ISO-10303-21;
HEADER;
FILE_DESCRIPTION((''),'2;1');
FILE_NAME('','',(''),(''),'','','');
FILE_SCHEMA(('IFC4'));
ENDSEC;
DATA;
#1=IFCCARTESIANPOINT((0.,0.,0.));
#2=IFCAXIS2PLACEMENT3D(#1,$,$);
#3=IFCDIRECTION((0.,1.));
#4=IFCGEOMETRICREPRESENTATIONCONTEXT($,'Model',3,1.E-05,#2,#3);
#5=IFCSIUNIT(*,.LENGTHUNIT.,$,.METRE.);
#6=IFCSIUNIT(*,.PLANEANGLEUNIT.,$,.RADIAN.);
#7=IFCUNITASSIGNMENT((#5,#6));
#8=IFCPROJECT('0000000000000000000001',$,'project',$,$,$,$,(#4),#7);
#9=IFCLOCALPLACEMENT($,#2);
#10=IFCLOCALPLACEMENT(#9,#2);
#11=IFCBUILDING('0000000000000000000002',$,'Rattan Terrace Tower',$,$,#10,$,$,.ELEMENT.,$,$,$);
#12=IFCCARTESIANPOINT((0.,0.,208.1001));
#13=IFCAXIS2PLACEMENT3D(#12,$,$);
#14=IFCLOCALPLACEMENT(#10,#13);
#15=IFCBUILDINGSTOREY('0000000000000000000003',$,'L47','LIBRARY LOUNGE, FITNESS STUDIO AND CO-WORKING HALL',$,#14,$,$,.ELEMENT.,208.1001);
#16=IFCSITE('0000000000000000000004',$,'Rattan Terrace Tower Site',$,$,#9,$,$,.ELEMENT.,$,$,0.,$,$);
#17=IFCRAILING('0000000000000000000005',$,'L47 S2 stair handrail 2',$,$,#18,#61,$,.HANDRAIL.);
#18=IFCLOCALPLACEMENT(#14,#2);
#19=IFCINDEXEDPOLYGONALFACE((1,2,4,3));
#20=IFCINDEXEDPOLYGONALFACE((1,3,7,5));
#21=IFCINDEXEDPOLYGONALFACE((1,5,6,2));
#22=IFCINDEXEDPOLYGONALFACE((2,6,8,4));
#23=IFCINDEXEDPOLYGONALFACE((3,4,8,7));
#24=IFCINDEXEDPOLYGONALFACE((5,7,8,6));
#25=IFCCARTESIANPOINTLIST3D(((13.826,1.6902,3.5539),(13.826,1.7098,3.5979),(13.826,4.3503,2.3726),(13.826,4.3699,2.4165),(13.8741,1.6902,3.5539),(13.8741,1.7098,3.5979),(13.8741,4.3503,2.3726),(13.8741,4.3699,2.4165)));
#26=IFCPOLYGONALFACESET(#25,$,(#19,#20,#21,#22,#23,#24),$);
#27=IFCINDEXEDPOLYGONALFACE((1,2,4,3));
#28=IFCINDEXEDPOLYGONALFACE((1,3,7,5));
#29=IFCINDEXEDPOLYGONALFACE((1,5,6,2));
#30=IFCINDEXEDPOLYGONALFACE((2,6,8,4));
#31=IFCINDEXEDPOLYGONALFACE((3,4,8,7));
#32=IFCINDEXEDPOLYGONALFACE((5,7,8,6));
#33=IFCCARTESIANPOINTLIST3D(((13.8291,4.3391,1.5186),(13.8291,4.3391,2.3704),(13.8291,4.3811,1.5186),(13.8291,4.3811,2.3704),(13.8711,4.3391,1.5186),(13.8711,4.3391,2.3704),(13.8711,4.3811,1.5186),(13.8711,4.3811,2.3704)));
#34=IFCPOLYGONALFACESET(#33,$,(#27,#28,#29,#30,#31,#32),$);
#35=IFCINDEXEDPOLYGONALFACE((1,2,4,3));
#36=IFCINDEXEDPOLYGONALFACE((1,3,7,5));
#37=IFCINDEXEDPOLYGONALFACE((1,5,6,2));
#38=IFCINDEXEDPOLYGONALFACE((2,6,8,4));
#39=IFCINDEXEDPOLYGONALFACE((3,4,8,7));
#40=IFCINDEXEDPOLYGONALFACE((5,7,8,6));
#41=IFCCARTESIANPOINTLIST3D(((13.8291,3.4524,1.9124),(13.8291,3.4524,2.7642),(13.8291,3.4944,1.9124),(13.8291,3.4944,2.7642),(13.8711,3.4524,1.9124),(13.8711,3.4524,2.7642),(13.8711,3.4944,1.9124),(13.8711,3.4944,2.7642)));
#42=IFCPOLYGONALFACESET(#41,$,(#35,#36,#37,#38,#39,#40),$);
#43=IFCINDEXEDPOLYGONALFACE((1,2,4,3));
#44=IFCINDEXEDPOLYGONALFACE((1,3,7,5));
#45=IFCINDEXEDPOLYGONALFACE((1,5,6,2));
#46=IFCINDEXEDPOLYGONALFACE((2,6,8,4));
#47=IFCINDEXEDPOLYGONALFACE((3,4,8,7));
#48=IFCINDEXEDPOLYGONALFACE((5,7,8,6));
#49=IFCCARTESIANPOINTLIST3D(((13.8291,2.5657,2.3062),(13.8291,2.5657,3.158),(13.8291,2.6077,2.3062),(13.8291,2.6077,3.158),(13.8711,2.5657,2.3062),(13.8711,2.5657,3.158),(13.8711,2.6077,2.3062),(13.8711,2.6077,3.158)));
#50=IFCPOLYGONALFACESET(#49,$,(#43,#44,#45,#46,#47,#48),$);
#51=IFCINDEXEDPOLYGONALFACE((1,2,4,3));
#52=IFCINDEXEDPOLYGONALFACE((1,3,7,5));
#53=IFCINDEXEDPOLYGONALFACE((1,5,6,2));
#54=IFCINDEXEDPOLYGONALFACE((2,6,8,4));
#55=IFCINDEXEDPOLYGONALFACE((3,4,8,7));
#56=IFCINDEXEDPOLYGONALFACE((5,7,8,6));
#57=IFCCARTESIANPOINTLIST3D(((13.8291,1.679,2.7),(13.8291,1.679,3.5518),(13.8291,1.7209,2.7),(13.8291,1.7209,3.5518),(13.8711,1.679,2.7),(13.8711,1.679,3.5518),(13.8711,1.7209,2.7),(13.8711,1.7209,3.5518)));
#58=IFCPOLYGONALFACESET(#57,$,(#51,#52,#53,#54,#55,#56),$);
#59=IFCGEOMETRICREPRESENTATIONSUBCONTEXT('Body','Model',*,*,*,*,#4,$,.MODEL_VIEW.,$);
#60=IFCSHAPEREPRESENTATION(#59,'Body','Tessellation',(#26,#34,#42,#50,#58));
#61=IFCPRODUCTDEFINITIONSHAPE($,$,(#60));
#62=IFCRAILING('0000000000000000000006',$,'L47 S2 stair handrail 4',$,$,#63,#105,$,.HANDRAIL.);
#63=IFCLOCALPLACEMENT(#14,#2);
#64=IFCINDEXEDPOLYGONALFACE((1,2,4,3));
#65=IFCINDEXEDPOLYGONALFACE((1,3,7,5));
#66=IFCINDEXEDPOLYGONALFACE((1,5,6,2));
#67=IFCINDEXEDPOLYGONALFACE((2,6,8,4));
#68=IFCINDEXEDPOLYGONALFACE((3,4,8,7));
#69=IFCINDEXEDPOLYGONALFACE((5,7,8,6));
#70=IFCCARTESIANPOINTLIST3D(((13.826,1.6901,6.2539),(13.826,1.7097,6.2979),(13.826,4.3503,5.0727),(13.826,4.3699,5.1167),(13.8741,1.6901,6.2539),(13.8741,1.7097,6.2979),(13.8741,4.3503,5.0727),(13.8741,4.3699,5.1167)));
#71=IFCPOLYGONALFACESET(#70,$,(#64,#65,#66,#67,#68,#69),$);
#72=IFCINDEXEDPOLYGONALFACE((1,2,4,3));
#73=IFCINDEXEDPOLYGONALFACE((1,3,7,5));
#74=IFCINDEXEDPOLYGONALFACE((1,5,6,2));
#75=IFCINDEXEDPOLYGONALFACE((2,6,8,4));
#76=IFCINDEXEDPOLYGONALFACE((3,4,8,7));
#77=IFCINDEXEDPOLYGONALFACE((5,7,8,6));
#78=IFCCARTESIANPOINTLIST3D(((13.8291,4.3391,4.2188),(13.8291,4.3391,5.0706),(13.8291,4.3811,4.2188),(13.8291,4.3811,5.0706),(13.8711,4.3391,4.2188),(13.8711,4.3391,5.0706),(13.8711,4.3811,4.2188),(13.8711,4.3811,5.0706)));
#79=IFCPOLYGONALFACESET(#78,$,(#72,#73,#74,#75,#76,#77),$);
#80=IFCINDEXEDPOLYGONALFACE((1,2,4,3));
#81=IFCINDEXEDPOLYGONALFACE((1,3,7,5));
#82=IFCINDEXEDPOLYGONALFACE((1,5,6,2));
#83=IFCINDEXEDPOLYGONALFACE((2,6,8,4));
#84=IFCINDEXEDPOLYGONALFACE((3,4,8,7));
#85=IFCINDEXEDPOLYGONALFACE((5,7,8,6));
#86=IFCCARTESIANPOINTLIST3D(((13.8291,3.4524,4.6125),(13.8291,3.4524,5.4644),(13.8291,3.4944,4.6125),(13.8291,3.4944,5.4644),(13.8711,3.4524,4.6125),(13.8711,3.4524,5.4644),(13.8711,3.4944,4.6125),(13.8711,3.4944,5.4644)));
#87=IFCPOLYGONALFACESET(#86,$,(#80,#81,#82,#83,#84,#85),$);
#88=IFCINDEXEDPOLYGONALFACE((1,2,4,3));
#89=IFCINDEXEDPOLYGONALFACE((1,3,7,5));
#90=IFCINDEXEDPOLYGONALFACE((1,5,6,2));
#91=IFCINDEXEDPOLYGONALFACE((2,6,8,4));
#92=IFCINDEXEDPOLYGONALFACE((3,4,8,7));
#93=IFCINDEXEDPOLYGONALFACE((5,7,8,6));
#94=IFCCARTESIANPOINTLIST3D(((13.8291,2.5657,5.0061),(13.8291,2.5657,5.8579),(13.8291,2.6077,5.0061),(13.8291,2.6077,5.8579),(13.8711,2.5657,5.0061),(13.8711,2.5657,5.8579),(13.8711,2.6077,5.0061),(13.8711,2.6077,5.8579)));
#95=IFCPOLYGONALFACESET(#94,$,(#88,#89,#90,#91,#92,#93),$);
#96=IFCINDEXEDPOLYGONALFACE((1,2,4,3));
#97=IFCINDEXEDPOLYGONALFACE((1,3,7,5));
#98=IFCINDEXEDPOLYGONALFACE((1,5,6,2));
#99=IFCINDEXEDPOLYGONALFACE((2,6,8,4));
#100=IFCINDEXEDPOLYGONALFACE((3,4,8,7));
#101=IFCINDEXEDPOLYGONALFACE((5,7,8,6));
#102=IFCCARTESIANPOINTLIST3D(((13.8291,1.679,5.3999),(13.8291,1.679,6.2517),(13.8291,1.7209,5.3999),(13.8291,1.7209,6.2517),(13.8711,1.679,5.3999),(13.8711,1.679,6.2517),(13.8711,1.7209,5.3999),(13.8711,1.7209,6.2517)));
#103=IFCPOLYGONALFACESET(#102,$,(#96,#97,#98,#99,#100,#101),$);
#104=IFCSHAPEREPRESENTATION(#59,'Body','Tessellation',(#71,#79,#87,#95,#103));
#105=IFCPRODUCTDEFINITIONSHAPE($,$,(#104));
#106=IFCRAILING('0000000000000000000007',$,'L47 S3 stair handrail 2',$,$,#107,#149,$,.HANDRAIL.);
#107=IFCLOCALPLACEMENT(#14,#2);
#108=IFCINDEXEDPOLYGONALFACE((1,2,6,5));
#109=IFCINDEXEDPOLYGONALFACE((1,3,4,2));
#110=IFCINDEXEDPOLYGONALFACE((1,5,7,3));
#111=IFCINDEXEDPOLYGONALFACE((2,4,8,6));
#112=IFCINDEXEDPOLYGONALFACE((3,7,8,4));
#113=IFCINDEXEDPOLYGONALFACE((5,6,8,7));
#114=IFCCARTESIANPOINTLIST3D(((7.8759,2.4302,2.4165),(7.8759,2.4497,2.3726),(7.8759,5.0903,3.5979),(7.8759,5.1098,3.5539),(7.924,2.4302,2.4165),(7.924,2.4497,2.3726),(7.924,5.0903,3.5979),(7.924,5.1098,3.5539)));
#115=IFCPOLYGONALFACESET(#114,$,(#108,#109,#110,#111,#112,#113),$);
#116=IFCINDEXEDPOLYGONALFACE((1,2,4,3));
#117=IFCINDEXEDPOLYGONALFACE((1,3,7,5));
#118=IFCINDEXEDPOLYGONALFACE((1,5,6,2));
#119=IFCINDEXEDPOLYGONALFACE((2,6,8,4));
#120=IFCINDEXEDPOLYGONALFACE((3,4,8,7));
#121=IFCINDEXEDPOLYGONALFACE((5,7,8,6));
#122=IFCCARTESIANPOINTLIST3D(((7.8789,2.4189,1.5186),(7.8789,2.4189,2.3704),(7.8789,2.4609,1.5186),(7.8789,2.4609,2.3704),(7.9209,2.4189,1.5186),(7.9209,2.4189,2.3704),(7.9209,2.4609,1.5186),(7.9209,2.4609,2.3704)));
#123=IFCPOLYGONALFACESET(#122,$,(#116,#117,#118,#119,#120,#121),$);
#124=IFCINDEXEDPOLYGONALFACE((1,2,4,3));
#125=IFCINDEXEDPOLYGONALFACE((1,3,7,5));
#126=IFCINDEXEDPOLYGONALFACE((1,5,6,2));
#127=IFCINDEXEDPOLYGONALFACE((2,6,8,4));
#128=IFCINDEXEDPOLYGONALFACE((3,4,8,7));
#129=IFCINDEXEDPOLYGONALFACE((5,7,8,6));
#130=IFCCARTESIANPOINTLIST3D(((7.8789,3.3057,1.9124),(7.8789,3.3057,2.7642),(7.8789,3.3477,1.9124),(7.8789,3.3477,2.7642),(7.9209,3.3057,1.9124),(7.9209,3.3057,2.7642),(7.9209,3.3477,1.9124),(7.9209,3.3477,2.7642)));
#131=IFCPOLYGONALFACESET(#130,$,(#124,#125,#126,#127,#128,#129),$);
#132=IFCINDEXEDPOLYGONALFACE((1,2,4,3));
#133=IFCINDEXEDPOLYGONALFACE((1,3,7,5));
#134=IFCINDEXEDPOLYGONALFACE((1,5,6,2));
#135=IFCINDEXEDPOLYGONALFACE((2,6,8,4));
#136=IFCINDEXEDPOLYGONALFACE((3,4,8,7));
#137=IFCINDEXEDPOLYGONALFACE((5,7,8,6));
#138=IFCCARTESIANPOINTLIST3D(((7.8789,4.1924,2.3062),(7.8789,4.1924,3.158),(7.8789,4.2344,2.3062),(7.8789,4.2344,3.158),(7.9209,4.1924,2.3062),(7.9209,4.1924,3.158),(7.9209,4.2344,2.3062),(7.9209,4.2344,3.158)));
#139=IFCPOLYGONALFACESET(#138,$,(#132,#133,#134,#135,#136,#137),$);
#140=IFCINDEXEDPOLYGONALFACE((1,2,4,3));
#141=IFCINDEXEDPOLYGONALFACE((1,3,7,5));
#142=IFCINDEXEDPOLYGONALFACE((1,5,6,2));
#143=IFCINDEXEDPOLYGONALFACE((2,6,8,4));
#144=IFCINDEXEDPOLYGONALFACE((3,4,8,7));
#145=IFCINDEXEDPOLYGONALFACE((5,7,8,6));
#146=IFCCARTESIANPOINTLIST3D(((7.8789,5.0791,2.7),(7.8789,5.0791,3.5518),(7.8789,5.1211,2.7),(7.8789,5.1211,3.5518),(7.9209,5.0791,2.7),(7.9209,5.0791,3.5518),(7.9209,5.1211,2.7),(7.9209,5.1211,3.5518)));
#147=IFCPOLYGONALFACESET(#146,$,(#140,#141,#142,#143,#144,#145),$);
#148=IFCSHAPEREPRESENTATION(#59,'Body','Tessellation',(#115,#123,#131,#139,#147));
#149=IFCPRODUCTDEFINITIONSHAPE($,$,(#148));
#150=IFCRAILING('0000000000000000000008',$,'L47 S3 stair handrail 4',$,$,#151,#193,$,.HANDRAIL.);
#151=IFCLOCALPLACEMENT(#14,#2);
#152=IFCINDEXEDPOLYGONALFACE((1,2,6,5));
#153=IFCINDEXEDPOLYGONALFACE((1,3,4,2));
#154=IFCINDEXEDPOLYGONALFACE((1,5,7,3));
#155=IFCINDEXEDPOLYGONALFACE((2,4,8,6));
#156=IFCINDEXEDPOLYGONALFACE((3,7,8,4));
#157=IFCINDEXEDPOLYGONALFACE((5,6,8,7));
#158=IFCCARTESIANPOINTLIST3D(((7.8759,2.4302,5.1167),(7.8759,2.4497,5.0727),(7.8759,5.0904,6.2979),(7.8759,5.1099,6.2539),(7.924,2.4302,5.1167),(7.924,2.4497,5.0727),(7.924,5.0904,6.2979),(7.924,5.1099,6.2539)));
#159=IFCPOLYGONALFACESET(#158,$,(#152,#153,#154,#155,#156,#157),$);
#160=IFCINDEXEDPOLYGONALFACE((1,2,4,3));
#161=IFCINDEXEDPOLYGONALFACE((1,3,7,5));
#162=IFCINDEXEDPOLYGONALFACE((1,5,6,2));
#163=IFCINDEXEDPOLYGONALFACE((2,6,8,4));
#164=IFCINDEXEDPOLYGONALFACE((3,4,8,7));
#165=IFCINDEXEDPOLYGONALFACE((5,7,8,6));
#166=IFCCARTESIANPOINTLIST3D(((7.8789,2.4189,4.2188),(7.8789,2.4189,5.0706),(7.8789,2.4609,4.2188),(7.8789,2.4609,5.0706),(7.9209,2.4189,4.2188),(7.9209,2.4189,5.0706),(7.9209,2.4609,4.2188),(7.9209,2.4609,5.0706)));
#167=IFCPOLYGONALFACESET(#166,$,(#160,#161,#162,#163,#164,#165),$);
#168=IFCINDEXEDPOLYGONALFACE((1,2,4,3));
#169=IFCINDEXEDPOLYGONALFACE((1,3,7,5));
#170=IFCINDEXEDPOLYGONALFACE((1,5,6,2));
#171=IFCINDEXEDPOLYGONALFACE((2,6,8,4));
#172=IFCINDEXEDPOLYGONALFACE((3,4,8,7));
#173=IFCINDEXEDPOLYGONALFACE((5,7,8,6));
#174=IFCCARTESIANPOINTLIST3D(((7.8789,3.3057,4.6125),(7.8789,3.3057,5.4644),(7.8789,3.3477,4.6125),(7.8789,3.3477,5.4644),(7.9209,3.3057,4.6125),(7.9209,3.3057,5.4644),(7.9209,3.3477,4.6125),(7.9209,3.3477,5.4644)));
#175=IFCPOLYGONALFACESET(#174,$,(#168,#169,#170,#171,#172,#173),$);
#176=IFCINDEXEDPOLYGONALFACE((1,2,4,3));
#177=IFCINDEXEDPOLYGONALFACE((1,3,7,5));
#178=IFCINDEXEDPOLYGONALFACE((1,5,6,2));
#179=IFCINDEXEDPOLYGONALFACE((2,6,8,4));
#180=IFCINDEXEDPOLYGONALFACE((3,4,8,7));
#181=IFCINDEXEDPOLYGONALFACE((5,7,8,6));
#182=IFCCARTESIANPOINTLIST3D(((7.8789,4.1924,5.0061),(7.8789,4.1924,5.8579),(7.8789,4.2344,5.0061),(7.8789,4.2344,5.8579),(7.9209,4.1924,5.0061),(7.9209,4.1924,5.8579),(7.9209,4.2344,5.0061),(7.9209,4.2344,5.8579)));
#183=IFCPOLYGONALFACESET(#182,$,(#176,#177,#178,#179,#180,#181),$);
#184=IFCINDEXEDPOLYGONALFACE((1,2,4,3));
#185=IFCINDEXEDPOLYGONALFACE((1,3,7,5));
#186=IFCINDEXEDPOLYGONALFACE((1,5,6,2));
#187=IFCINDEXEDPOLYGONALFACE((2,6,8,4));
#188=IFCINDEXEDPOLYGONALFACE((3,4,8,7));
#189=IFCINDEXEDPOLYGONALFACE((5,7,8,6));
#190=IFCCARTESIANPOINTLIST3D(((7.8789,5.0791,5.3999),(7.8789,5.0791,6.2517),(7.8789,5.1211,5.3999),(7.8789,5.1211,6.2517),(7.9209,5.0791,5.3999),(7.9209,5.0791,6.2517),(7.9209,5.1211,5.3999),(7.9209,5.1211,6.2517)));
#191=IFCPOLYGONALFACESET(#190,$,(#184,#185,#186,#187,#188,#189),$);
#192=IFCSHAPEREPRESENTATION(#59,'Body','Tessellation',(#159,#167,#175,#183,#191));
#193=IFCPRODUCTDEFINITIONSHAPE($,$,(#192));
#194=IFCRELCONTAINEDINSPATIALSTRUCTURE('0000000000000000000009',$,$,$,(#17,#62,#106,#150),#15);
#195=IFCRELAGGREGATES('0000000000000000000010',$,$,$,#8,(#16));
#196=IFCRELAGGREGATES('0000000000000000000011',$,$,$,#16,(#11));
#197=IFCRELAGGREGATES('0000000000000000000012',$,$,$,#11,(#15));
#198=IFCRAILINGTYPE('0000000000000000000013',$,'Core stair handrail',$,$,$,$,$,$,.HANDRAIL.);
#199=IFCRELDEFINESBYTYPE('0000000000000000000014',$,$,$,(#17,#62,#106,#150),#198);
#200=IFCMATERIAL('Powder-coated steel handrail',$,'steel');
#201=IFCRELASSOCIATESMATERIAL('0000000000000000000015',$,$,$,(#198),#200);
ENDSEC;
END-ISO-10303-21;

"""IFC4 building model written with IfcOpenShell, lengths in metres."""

from ifc_helpers import new_model, si_unit, direction, frame, origin, origin_2d, place, context, subcontext, project, spatial, rectangle, extrude, material, type_object, element, save


model = new_model("IFC4")

# Units and contexts
model_context = context("Model", 3, precision=1e-05, world=origin(), true_north=direction((0.0, 1.0)))
body_context = subcontext(model_context, "Body", "Model", "MODEL_VIEW")
ifc_project = project(units=[si_unit("LENGTHUNIT", "METRE"), si_unit("PLANEANGLEUNIT", "RADIAN")], contexts=[model_context])

# Site, building, storey
site_placement = place(None, origin())
site = spatial("IfcSite", under=ifc_project, at=site_placement, Name="Rattan Terrace Tower Site", CompositionType="ELEMENT", RefElevation=0.0)
building_placement = place(site_placement, origin())
building = spatial("IfcBuilding", under=site, at=building_placement, Name="Rattan Terrace Tower", CompositionType="ELEMENT")
storey_placement = place(building_placement, frame((0.0, 0.0, 208.1001)))
storey = spatial("IfcBuildingStorey", under=building, at=storey_placement, Name="L47", Description="LIBRARY LOUNGE, FITNESS STUDIO AND CO-WORKING HALL", CompositionType="ELEMENT", Elevation=208.1001)

# Railings
ifc_material_1 = material(Name="Powder-coated steel handrail", Category="steel")
railing_type_1 = type_object("IfcRailingType", Name="Core stair handrail", PredefinedType="HANDRAIL", material=ifc_material_1)
railing_1_placement = place(storey_placement, frame((13.8501, 4.3601, 1.5186)))
element("IfcRailing", 1, at=railing_1_placement, inside=storey, type_object=railing_type_1, Name="L47 S2 stair handrail 2", PredefinedType="HANDRAIL", context=body_context, shape_type="SweptSolid", body=[
    extrude(rectangle(XDim=0.0481, YDim=0.0481, at=origin_2d()), frame((0.0, 0.0, 0.876), z_axis=(0.0, -0.913926, 0.405882), x_axis=(1.0, 0.0, 0.0)), (0.0, 0.0, 1.0), 2.9106),
    extrude(rectangle(XDim=0.042, YDim=0.042, at=origin_2d()), origin(), (0.0, 0.0, 1.0), 0.8518),
    extrude(rectangle(XDim=0.042, YDim=0.042, at=origin_2d()), frame((0.0, -0.8867, 0.3938)), (0.0, 0.0, 1.0), 0.8518),
    extrude(rectangle(XDim=0.042, YDim=0.042, at=origin_2d()), frame((0.0, -1.7734, 0.7876)), (0.0, 0.0, 1.0), 0.8518),
    extrude(rectangle(XDim=0.042, YDim=0.042, at=origin_2d()), frame((0.0, -2.6602, 1.1814)), (0.0, 0.0, 1.0), 0.8518),
])
railing_2_placement = place(storey_placement, frame((13.8501, 4.3601, 4.2188)))
element("IfcRailing", 2, at=railing_2_placement, inside=storey, type_object=railing_type_1, Name="L47 S2 stair handrail 4", PredefinedType="HANDRAIL", context=body_context, shape_type="SweptSolid", body=[
    extrude(rectangle(XDim=0.0481, YDim=0.0481, at=origin_2d()), frame((0.0, 0.0, 0.876), z_axis=(0.0, -0.913957, 0.405812), x_axis=(1.0, 0.0, 0.0)), (0.0, 0.0, 1.0), 2.9106),
    extrude(rectangle(XDim=0.042, YDim=0.042, at=origin_2d()), origin(), (0.0, 0.0, 1.0), 0.8518),
    extrude(rectangle(XDim=0.042, YDim=0.042, at=origin_2d()), frame((0.0, -0.8867, 0.3938)), (0.0, 0.0, 1.0), 0.8518),
    extrude(rectangle(XDim=0.042, YDim=0.042, at=origin_2d()), frame((0.0, -1.7734, 0.7874)), (0.0, 0.0, 1.0), 0.8518),
    extrude(rectangle(XDim=0.042, YDim=0.042, at=origin_2d()), frame((0.0, -2.6602, 1.1812)), (0.0, 0.0, 1.0), 0.8518),
])
railing_3_placement = place(storey_placement, frame((7.8999, 2.4399, 1.5186)))
element("IfcRailing", 3, at=railing_3_placement, inside=storey, type_object=railing_type_1, Name="L47 S3 stair handrail 2", PredefinedType="HANDRAIL", context=body_context, shape_type="SweptSolid", body=[
    extrude(rectangle(XDim=0.0481, YDim=0.0481, at=origin_2d()), frame((0.0, 0.0, 0.876), z_axis=(0.0, 0.913926, 0.405882), x_axis=(-1.0, 0.0, 0.0)), (0.0, 0.0, 1.0), 2.9106),
    extrude(rectangle(XDim=0.042, YDim=0.042, at=origin_2d()), origin(), (0.0, 0.0, 1.0), 0.8518),
    extrude(rectangle(XDim=0.042, YDim=0.042, at=origin_2d()), frame((0.0, 0.8867, 0.3938)), (0.0, 0.0, 1.0), 0.8518),
    extrude(rectangle(XDim=0.042, YDim=0.042, at=origin_2d()), frame((0.0, 1.7734, 0.7876)), (0.0, 0.0, 1.0), 0.8518),
    extrude(rectangle(XDim=0.042, YDim=0.042, at=origin_2d()), frame((0.0, 2.6602, 1.1814)), (0.0, 0.0, 1.0), 0.8518),
])
railing_4_placement = place(storey_placement, frame((7.8999, 2.4399, 4.2188)))
element("IfcRailing", 4, at=railing_4_placement, inside=storey, type_object=railing_type_1, Name="L47 S3 stair handrail 4", PredefinedType="HANDRAIL", context=body_context, shape_type="SweptSolid", body=[
    extrude(rectangle(XDim=0.0481, YDim=0.0481, at=origin_2d()), frame((0.0, 0.0, 0.876), z_axis=(0.0, 0.913957, 0.405812), x_axis=(-1.0, 0.0, 0.0)), (0.0, 0.0, 1.0), 2.9106),
    extrude(rectangle(XDim=0.042, YDim=0.042, at=origin_2d()), origin(), (0.0, 0.0, 1.0), 0.8518),
    extrude(rectangle(XDim=0.042, YDim=0.042, at=origin_2d()), frame((0.0, 0.8867, 0.3938)), (0.0, 0.0, 1.0), 0.8518),
    extrude(rectangle(XDim=0.042, YDim=0.042, at=origin_2d()), frame((0.0, 1.7734, 0.7874)), (0.0, 0.0, 1.0), 0.8518),
    extrude(rectangle(XDim=0.042, YDim=0.042, at=origin_2d()), frame((0.0, 2.6602, 1.1812)), (0.0, 0.0, 1.0), 0.8518),
])

save(model, "model.ifc")
